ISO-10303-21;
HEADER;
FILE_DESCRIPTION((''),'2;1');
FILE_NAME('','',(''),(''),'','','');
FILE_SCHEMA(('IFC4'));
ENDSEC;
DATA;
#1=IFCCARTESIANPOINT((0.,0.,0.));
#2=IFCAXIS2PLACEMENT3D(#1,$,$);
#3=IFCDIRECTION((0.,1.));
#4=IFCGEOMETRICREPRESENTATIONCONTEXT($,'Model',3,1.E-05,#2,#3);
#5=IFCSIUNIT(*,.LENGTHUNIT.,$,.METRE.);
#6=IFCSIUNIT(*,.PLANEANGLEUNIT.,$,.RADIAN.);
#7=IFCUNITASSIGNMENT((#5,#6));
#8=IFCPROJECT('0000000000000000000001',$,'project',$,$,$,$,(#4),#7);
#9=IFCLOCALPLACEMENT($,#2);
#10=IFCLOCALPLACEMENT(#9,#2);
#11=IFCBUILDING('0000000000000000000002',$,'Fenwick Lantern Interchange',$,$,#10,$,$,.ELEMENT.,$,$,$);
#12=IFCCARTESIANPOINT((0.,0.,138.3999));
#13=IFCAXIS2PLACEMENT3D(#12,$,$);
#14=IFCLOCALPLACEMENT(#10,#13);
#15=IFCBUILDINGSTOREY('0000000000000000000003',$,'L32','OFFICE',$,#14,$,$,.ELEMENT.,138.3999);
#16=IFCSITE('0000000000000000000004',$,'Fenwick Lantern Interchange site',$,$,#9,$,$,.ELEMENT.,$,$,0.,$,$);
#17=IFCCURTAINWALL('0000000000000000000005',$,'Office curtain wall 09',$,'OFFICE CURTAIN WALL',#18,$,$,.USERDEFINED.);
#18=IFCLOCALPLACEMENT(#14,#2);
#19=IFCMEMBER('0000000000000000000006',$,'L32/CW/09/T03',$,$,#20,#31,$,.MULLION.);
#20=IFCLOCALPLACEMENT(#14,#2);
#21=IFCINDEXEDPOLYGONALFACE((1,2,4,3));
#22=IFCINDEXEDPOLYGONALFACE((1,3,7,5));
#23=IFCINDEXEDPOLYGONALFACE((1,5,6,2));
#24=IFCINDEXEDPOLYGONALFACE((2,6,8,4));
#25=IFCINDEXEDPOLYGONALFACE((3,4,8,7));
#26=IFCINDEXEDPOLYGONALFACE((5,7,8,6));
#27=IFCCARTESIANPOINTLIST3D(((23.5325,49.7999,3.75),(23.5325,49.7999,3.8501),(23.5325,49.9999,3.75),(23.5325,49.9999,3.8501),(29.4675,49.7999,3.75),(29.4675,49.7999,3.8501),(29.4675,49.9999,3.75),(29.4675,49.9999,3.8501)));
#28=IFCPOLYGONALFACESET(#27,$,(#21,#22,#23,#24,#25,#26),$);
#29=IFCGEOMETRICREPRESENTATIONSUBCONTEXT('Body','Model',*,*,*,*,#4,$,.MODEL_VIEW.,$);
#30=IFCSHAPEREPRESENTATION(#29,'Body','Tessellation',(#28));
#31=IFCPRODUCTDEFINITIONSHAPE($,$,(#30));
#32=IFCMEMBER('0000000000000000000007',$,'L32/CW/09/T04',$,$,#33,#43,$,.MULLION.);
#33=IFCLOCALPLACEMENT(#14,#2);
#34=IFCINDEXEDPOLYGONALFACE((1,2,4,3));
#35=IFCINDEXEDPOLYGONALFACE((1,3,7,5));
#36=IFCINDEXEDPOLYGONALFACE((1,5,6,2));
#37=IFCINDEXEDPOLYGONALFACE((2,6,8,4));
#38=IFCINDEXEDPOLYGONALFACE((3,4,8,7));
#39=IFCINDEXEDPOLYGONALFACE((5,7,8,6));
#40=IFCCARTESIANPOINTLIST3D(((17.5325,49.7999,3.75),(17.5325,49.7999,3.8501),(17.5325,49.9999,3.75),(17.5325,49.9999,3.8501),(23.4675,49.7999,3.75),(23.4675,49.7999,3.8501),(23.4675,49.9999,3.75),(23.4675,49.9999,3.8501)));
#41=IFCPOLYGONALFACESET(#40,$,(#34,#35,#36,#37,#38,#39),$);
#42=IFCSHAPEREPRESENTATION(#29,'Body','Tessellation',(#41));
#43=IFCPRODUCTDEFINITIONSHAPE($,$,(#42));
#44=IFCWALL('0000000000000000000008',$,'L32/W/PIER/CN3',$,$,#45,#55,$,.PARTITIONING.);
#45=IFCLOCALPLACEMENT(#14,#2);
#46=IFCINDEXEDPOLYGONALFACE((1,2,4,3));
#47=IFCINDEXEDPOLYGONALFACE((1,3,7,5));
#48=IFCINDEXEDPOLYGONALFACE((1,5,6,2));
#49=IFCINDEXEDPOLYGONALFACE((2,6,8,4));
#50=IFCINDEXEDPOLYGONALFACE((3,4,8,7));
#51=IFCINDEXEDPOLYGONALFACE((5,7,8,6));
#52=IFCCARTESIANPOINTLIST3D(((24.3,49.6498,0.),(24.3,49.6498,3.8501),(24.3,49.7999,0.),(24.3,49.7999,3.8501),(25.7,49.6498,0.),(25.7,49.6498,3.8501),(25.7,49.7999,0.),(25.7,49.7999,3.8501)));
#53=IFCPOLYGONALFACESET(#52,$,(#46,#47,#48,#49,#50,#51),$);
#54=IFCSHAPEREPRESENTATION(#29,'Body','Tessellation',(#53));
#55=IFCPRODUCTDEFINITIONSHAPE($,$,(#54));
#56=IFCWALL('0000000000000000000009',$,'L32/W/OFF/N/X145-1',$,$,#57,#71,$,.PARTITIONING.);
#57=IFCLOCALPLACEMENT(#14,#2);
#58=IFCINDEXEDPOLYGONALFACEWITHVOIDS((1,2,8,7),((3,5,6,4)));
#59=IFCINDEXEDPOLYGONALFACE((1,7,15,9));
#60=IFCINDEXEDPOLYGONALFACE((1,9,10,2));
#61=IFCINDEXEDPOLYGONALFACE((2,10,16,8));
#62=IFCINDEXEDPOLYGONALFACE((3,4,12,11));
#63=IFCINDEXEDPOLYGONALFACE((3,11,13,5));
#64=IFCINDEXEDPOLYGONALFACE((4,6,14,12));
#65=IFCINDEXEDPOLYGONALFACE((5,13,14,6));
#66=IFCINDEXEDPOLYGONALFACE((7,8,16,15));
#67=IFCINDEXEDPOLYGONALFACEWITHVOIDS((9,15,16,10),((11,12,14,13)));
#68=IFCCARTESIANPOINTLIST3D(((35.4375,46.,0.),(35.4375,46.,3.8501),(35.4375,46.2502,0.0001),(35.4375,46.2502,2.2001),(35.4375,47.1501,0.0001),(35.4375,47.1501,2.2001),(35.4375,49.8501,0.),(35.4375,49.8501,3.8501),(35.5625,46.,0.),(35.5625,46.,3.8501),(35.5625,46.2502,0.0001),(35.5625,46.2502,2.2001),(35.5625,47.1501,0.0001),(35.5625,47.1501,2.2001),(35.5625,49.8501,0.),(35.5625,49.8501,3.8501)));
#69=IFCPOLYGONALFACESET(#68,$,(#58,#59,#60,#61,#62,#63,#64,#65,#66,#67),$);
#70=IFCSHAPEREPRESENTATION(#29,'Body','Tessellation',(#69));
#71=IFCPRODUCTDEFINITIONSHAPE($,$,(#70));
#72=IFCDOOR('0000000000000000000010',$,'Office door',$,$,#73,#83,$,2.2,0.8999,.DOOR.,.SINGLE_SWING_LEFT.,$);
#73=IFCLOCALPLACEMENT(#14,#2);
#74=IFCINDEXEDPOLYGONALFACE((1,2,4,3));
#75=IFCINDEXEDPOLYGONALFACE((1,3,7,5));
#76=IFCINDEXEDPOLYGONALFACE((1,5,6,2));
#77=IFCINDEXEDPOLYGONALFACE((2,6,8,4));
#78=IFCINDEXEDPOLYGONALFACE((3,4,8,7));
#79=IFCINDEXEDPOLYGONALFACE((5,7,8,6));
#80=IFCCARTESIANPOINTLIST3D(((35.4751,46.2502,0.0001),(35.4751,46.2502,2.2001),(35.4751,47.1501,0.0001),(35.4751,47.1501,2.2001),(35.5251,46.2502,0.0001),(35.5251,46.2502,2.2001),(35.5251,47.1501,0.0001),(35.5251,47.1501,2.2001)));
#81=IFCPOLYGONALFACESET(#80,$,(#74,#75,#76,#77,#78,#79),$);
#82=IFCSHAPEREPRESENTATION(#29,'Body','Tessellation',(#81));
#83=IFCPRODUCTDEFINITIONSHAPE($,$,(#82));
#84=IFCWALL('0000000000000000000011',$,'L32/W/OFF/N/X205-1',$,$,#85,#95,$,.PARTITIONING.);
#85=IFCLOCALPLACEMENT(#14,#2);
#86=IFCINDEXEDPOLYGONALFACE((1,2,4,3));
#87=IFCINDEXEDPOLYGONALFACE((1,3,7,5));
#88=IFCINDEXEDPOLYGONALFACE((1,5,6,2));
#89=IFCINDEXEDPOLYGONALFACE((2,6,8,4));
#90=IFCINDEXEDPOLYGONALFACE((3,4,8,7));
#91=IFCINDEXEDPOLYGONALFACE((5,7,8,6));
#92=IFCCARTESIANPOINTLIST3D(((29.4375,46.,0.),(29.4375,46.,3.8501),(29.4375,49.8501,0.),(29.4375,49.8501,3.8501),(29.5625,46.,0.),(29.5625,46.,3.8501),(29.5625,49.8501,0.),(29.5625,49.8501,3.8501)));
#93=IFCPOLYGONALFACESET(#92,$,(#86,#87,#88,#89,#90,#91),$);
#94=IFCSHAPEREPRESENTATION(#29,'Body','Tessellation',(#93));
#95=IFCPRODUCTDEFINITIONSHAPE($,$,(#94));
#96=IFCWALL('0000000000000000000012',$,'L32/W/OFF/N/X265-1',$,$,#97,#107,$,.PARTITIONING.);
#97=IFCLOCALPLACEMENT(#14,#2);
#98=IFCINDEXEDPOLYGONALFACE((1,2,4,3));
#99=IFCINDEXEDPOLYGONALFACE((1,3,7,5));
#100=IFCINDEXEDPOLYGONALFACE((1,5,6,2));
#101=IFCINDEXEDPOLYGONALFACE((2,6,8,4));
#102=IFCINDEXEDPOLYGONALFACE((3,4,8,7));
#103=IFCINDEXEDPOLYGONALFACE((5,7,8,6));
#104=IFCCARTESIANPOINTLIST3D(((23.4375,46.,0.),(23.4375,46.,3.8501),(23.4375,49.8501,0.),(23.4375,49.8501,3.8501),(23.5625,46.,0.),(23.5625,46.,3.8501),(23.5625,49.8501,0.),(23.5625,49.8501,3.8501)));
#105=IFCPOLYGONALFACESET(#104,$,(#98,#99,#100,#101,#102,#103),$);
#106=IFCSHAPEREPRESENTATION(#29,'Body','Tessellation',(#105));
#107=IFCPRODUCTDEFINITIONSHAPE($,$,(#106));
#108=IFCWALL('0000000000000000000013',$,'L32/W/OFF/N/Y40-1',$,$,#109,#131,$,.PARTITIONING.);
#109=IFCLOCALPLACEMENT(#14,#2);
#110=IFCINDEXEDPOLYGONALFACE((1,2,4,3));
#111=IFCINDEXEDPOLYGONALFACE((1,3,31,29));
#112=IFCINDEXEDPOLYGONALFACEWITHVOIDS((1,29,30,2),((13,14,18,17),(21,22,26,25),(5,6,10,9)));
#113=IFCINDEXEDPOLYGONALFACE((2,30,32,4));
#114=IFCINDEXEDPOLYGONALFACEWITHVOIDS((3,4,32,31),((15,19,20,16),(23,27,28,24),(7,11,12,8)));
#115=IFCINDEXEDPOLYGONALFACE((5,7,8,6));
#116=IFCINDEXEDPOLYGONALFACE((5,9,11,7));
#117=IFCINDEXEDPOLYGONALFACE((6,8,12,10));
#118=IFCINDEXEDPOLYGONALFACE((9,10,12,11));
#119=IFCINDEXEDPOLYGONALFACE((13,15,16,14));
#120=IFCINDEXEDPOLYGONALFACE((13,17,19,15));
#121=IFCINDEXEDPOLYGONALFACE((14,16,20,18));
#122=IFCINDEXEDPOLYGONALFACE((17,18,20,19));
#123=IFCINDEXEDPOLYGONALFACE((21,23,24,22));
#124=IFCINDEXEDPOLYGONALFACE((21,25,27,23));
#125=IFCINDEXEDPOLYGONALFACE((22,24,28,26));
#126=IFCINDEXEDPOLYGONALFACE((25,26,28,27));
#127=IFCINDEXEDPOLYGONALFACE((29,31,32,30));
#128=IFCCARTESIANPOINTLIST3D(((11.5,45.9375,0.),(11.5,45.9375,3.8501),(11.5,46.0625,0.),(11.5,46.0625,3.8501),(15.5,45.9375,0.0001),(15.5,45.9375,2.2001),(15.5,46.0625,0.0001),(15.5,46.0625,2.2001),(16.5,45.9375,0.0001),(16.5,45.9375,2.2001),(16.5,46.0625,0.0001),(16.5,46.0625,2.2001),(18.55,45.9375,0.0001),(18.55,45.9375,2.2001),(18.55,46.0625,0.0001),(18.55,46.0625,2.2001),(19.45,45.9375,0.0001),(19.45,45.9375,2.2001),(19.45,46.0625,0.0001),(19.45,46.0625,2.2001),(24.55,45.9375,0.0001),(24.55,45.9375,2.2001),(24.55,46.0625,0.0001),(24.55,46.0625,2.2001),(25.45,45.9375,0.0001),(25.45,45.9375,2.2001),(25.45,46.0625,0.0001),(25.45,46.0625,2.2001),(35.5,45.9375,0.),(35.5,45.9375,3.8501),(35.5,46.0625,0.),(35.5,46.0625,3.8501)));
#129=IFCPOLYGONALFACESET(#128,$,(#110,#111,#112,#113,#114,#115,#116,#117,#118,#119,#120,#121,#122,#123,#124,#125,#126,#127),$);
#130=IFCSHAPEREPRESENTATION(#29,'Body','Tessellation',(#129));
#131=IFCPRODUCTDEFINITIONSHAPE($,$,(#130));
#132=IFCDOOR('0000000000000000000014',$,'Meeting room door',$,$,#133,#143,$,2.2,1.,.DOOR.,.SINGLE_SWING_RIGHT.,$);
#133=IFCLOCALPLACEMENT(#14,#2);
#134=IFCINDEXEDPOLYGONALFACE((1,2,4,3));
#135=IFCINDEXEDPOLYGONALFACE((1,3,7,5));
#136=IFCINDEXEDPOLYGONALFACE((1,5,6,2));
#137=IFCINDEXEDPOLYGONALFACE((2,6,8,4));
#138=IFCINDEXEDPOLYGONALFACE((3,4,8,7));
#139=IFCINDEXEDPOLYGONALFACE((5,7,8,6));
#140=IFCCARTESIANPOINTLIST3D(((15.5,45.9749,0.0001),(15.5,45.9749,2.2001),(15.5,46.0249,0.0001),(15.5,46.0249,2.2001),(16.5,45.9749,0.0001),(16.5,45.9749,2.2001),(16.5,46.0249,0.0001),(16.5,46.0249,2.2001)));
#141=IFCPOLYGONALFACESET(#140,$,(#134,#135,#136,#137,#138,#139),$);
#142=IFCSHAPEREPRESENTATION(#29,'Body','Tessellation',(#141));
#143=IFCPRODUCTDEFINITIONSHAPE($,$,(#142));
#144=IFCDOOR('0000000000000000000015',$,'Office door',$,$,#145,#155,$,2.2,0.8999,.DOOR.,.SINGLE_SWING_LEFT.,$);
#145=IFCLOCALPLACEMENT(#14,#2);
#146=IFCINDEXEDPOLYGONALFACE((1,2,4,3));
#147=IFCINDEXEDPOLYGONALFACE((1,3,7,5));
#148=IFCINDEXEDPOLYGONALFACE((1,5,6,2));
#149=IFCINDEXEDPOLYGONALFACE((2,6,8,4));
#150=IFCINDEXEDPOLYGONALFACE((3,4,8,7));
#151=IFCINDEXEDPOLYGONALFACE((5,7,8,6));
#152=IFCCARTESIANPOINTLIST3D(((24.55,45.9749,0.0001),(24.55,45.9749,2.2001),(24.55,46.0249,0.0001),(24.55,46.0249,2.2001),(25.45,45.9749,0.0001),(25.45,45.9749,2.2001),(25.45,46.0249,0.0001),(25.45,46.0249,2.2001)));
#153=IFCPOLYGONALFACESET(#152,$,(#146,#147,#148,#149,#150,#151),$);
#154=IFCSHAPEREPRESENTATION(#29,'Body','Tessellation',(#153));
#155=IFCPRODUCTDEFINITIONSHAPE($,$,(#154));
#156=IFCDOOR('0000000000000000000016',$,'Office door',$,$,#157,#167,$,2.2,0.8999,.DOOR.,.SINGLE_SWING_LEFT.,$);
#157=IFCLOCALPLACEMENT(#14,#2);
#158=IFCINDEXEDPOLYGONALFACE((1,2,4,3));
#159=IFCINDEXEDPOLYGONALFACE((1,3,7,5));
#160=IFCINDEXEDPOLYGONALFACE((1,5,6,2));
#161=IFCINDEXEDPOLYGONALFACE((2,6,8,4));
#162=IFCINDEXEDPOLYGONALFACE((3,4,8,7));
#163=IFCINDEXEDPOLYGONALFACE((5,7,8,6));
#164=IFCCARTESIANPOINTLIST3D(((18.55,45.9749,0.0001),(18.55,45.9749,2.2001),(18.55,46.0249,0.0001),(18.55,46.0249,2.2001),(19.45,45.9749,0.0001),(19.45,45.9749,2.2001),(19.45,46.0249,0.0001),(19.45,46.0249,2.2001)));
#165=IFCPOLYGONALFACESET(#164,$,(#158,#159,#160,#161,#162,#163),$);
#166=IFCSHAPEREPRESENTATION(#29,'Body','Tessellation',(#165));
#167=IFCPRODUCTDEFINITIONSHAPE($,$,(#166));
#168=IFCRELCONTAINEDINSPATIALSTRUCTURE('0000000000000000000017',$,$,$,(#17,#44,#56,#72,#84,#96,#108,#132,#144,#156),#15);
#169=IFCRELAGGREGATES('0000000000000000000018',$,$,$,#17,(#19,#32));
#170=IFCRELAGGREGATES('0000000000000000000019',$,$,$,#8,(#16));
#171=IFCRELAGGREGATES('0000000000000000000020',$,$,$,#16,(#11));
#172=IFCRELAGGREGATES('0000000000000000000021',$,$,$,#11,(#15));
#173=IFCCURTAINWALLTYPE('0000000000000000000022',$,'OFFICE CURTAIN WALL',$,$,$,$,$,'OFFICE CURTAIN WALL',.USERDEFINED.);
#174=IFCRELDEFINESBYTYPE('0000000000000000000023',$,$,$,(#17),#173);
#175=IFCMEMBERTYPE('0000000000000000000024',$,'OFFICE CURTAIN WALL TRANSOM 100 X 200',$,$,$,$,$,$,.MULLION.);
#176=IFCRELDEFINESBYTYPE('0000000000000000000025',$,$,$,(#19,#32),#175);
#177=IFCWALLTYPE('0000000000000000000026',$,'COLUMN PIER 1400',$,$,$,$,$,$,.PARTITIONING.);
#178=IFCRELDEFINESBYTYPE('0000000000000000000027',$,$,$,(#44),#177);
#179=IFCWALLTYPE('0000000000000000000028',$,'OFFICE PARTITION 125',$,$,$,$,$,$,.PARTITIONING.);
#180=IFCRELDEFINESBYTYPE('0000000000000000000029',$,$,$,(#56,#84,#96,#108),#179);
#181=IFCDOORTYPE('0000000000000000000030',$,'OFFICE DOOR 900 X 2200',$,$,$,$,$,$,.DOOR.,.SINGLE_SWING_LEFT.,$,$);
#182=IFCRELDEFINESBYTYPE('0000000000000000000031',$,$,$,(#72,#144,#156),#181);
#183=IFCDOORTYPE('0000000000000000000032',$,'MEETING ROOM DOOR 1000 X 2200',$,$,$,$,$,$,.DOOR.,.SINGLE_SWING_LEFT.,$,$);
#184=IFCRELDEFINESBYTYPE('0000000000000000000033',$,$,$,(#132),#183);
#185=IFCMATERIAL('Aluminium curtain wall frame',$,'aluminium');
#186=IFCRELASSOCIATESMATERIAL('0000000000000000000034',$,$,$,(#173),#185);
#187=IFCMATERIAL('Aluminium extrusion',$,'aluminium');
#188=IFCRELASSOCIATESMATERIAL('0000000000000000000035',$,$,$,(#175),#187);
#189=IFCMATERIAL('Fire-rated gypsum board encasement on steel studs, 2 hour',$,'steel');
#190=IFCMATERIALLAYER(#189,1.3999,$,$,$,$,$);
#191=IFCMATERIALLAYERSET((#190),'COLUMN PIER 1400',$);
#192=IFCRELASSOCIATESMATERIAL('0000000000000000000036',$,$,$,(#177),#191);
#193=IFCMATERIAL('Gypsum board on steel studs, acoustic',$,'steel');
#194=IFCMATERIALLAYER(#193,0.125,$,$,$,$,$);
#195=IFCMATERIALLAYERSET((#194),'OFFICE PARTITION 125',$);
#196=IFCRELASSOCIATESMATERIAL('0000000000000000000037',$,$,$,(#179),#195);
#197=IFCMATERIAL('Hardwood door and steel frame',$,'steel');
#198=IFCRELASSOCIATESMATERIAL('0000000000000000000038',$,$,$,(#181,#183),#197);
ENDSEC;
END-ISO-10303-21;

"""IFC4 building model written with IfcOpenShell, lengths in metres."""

from ifc_helpers import new_model, si_unit, direction, frame, frame_2d, origin, origin_2d, place, context, subcontext, project, spatial, rectangle, extrude, material, layer, layer_set, material_profile, profile_set, type_object, element, fill, aggregate, save


model = new_model("IFC4")

# Units and contexts
model_context = context("Model", 3, precision=1e-05, world=origin(), true_north=direction((0.0, 1.0)))
body_context = subcontext(model_context, "Body", "Model", "MODEL_VIEW")
ifc_project = project(units=[si_unit("LENGTHUNIT", "METRE"), si_unit("PLANEANGLEUNIT", "RADIAN")], contexts=[model_context])

# Site, building, storey
site_placement = place(None, origin())
site = spatial("IfcSite", under=ifc_project, at=site_placement, Name="Fenwick Lantern Interchange site", CompositionType="ELEMENT", RefElevation=0.0)
building_placement = place(site_placement, origin())
building = spatial("IfcBuilding", under=site, at=building_placement, Name="Fenwick Lantern Interchange", CompositionType="ELEMENT")
storey_placement = place(building_placement, frame((0.0, 0.0, 138.3999)))
storey = spatial("IfcBuildingStorey", under=building, at=storey_placement, Name="L32", Description="OFFICE", CompositionType="ELEMENT", Elevation=138.3999)

# Curtain wall, members
ifc_material_1 = material(Name="Aluminium curtain wall frame", Category="aluminium")
curtain_wall_type = type_object("IfcCurtainWallType", Name="OFFICE CURTAIN WALL", ElementType="OFFICE CURTAIN WALL", PredefinedType="USERDEFINED", material=ifc_material_1)
curtain_wall_placement = place(storey_placement, origin())
curtain_wall = element("IfcCurtainWall", 1, at=curtain_wall_placement, inside=storey, type_object=curtain_wall_type, Name="Office curtain wall 09", ObjectType="OFFICE CURTAIN WALL", PredefinedType="USERDEFINED")
ifc_material_2 = material(Name="Aluminium extrusion", Category="aluminium")
ifc_material_profile_1 = material_profile(ifc_material_2, rectangle(XDim=0.2, YDim=0.1001, at=origin_2d()), Name="OFFICE CURTAIN WALL TRANSOM 100 X 200")
ifc_profile_set_1 = profile_set([ifc_material_profile_1], Name="Aluminium extrusion")
member_type_1 = type_object("IfcMemberType", Name="OFFICE CURTAIN WALL TRANSOM 100 X 200", PredefinedType="MULLION", material=ifc_profile_set_1)
member_1_placement = place(storey_placement, frame((29.4675, 49.8999, 3.8), z_axis=(-1.0, 0.0, 0.0), x_axis=(0.0, -1.0, 0.0)))
member_1 = element("IfcMember", 2, at=member_1_placement, type_object=member_type_1, Name="L32/CW/09/T03", PredefinedType="MULLION", context=body_context, shape_type="SweptSolid", body=[
    extrude(rectangle(XDim=0.2, YDim=0.1001, at=origin_2d()), origin(), (0.0, 0.0, 1.0), 5.9351),
])
member_2_placement = place(storey_placement, frame((23.4675, 49.8999, 3.8), z_axis=(-1.0, 0.0, 0.0), x_axis=(0.0, -1.0, 0.0)))
member_2 = element("IfcMember", 3, at=member_2_placement, type_object=member_type_1, Name="L32/CW/09/T04", PredefinedType="MULLION", context=body_context, shape_type="SweptSolid", body=[
    extrude(rectangle(XDim=0.2, YDim=0.1001, at=origin_2d()), origin(), (0.0, 0.0, 1.0), 5.9351),
])
aggregate(curtain_wall, [member_1, member_2])

# Wall
ifc_material_3 = material(Name="Fire-rated gypsum board encasement on steel studs, 2 hour", Category="steel")
ifc_layer_1 = layer(ifc_material_3, 1.3999)
ifc_layer_set_1 = layer_set([ifc_layer_1], Name="COLUMN PIER 1400")
wall_type_1 = type_object("IfcWallType", Name="COLUMN PIER 1400", PredefinedType="PARTITIONING", material=ifc_layer_set_1)
wall_1_placement = place(storey_placement, frame((25.0, 49.8, 0.0), z_axis=(0.0, 0.0, 1.0), x_axis=(0.0, -1.0, 0.0)))
element("IfcWall", 4, at=wall_1_placement, inside=storey, type_object=wall_type_1, Name="L32/W/PIER/CN3", PredefinedType="PARTITIONING", context=body_context, shape_type="SweptSolid", body=[
    extrude(rectangle(XDim=0.1501, YDim=1.3999, at=frame_2d((0.0752, 0.0))), origin(), (0.0, 0.0, 1.0), 3.8501),
])

# Wall, opening, door
ifc_material_4 = material(Name="Gypsum board on steel studs, acoustic", Category="steel")
ifc_layer_2 = layer(ifc_material_4, 0.125)
ifc_layer_set_2 = layer_set([ifc_layer_2], Name="OFFICE PARTITION 125")
wall_type_2 = type_object("IfcWallType", Name="OFFICE PARTITION 125", PredefinedType="PARTITIONING", material=ifc_layer_set_2)
wall_2_placement = place(storey_placement, frame((35.5, 49.8501, 0.0), z_axis=(0.0, 0.0, 1.0), x_axis=(0.0, -1.0, 0.0)))
wall_2 = element("IfcWall", 5, at=wall_2_placement, inside=storey, type_object=wall_type_2, Name="L32/W/OFF/N/X145-1", PredefinedType="PARTITIONING", context=body_context, shape_type="SweptSolid", body=[
    extrude(rectangle(XDim=3.8501, YDim=0.125, at=frame_2d((1.925, 0.0))), origin(), (0.0, 0.0, 1.0), 3.8501),
])
opening_1_placement = place(wall_2_placement, frame((2.7, 0.0, 0.0)))
opening_1 = element("IfcOpeningElement", 6, at=opening_1_placement, cuts=wall_2, PredefinedType="OPENING", context=body_context, shape_type="SweptSolid", body=[
    extrude(rectangle(XDim=0.8999, YDim=2.2, at=frame_2d((0.45, 1.1001))), frame((0.0, 0.0725, 0.0), z_axis=(0.0, -1.0, 0.0), x_axis=(1.0, 0.0, 0.0)), (0.0, 0.0, 1.0), 0.145),
])
ifc_material_5 = material(Name="Hardwood door and steel frame", Category="steel")
door_type_1 = type_object("IfcDoorType", Name="OFFICE DOOR 900 X 2200", OperationType="SINGLE_SWING_LEFT", PredefinedType="DOOR", material=ifc_material_5)
door_1_placement = place(opening_1_placement, frame((0.8999, 0.0, 0.0), z_axis=(0.0, 0.0, 1.0), x_axis=(-1.0, 0.0, 0.0)))
door_1 = element("IfcDoor", 7, at=door_1_placement, inside=storey, type_object=door_type_1, Name="Office door", OperationType="SINGLE_SWING_LEFT", OverallHeight=2.2, OverallWidth=0.8999, PredefinedType="DOOR", context=body_context, shape_type="SweptSolid", body=[
    extrude(rectangle(XDim=0.8999, YDim=2.2, at=frame_2d((0.45, 1.1001))), frame((0.0, 0.0249, 0.0), z_axis=(0.0, -1.0, 0.0), x_axis=(1.0, 0.0, 0.0)), (0.0, 0.0, 1.0), 0.05),
])
fill(opening_1, door_1)

# Walls
for number, where, z_axis, x_axis, name in (
    (8, (29.5, 49.8501, 0.0), (0.0, 0.0, 1.0), (0.0, -1.0, 0.0), "L32/W/OFF/N/X205-1"),
    (9, (23.5, 49.8501, 0.0), (0.0, 0.0, 1.0), (0.0, -1.0, 0.0), "L32/W/OFF/N/X265-1"),
):
    element("IfcWall", number, at=place(storey_placement, frame(where, z_axis=z_axis, x_axis=x_axis)), inside=storey, type_object=wall_type_2, Name=name, PredefinedType="PARTITIONING", context=body_context, shape_type="SweptSolid", body=[
        extrude(rectangle(XDim=3.8501, YDim=0.125, at=frame_2d((1.925, 0.0))), origin(), (0.0, 0.0, 1.0), 3.8501),
    ])

# Wall, openings, doors
wall_3_placement = place(storey_placement, frame((35.5, 46.0, 0.0), z_axis=(0.0, 0.0, 1.0), x_axis=(-1.0, 0.0, 0.0)))
wall_3 = element("IfcWall", 10, at=wall_3_placement, inside=storey, type_object=wall_type_2, Name="L32/W/OFF/N/Y40-1", PredefinedType="PARTITIONING", context=body_context, shape_type="SweptSolid", body=[
    extrude(rectangle(XDim=24.0, YDim=0.125, at=frame_2d((12.0, 0.0))), origin(), (0.0, 0.0, 1.0), 3.8501),
])
opening_2_placement = place(wall_3_placement, frame((10.05, 0.0, 0.0)))
opening_2 = element("IfcOpeningElement", 11, at=opening_2_placement, cuts=wall_3, PredefinedType="OPENING", context=body_context, shape_type="SweptSolid", body=[
    extrude(rectangle(XDim=0.8999, YDim=2.2, at=frame_2d((0.45, 1.1001))), frame((0.0, 0.0725, 0.0), z_axis=(0.0, -1.0, 0.0), x_axis=(1.0, 0.0, 0.0)), (0.0, 0.0, 1.0), 0.145),
])
opening_3_placement = place(wall_3_placement, frame((16.05, 0.0, 0.0)))
opening_3 = element("IfcOpeningElement", 12, at=opening_3_placement, cuts=wall_3, PredefinedType="OPENING", context=body_context, shape_type="SweptSolid", body=[
    extrude(rectangle(XDim=0.8999, YDim=2.2, at=frame_2d((0.45, 1.1001))), frame((0.0, 0.0725, 0.0), z_axis=(0.0, -1.0, 0.0), x_axis=(1.0, 0.0, 0.0)), (0.0, 0.0, 1.0), 0.145),
])
opening_4_placement = place(wall_3_placement, frame((19.0, 0.0, 0.0)))
opening_4 = element("IfcOpeningElement", 13, at=opening_4_placement, cuts=wall_3, PredefinedType="OPENING", context=body_context, shape_type="SweptSolid", body=[
    extrude(rectangle(XDim=1.0, YDim=2.2, at=frame_2d((0.5, 1.1001))), frame((0.0, 0.0725, 0.0), z_axis=(0.0, -1.0, 0.0), x_axis=(1.0, 0.0, 0.0)), (0.0, 0.0, 1.0), 0.145),
])
door_type_2 = type_object("IfcDoorType", Name="MEETING ROOM DOOR 1000 X 2200", OperationType="SINGLE_SWING_LEFT", PredefinedType="DOOR", material=ifc_material_5)
door_2_placement = place(opening_4_placement, frame((1.0, 0.0, 0.0), z_axis=(0.0, 0.0, 1.0), x_axis=(-1.0, 0.0, 0.0)))
door_2 = element("IfcDoor", 14, at=door_2_placement, inside=storey, type_object=door_type_2, Name="Meeting room door", OperationType="SINGLE_SWING_RIGHT", OverallHeight=2.2, OverallWidth=1.0, PredefinedType="DOOR", context=body_context, shape_type="SweptSolid", body=[
    extrude(rectangle(XDim=1.0, YDim=2.2, at=frame_2d((0.5, 1.1001))), frame((0.0, 0.0249, 0.0), z_axis=(0.0, -1.0, 0.0), x_axis=(1.0, 0.0, 0.0)), (0.0, 0.0, 1.0), 0.05),
])
fill(opening_4, door_2)
door_3_placement = place(opening_2_placement, frame((0.8999, 0.0, 0.0), z_axis=(0.0, 0.0, 1.0), x_axis=(-1.0, 0.0, 0.0)))
door_3 = element("IfcDoor", 15, at=door_3_placement, inside=storey, type_object=door_type_1, Name="Office door", OperationType="SINGLE_SWING_LEFT", OverallHeight=2.2, OverallWidth=0.8999, PredefinedType="DOOR", context=body_context, shape_type="SweptSolid", body=[
    extrude(rectangle(XDim=0.8999, YDim=2.2, at=frame_2d((0.45, 1.1001))), frame((0.0, 0.0249, 0.0), z_axis=(0.0, -1.0, 0.0), x_axis=(1.0, 0.0, 0.0)), (0.0, 0.0, 1.0), 0.05),
])
fill(opening_2, door_3)
door_4_placement = place(opening_3_placement, frame((0.8999, 0.0, 0.0), z_axis=(0.0, 0.0, 1.0), x_axis=(-1.0, 0.0, 0.0)))
door_4 = element("IfcDoor", 16, at=door_4_placement, inside=storey, type_object=door_type_1, Name="Office door", OperationType="SINGLE_SWING_LEFT", OverallHeight=2.2, OverallWidth=0.8999, PredefinedType="DOOR", context=body_context, shape_type="SweptSolid", body=[
    extrude(rectangle(XDim=0.8999, YDim=2.2, at=frame_2d((0.45, 1.1001))), frame((0.0, 0.0249, 0.0), z_axis=(0.0, -1.0, 0.0), x_axis=(1.0, 0.0, 0.0)), (0.0, 0.0, 1.0), 0.05),
])
fill(opening_3, door_4)

save(model, "model.ifc")
